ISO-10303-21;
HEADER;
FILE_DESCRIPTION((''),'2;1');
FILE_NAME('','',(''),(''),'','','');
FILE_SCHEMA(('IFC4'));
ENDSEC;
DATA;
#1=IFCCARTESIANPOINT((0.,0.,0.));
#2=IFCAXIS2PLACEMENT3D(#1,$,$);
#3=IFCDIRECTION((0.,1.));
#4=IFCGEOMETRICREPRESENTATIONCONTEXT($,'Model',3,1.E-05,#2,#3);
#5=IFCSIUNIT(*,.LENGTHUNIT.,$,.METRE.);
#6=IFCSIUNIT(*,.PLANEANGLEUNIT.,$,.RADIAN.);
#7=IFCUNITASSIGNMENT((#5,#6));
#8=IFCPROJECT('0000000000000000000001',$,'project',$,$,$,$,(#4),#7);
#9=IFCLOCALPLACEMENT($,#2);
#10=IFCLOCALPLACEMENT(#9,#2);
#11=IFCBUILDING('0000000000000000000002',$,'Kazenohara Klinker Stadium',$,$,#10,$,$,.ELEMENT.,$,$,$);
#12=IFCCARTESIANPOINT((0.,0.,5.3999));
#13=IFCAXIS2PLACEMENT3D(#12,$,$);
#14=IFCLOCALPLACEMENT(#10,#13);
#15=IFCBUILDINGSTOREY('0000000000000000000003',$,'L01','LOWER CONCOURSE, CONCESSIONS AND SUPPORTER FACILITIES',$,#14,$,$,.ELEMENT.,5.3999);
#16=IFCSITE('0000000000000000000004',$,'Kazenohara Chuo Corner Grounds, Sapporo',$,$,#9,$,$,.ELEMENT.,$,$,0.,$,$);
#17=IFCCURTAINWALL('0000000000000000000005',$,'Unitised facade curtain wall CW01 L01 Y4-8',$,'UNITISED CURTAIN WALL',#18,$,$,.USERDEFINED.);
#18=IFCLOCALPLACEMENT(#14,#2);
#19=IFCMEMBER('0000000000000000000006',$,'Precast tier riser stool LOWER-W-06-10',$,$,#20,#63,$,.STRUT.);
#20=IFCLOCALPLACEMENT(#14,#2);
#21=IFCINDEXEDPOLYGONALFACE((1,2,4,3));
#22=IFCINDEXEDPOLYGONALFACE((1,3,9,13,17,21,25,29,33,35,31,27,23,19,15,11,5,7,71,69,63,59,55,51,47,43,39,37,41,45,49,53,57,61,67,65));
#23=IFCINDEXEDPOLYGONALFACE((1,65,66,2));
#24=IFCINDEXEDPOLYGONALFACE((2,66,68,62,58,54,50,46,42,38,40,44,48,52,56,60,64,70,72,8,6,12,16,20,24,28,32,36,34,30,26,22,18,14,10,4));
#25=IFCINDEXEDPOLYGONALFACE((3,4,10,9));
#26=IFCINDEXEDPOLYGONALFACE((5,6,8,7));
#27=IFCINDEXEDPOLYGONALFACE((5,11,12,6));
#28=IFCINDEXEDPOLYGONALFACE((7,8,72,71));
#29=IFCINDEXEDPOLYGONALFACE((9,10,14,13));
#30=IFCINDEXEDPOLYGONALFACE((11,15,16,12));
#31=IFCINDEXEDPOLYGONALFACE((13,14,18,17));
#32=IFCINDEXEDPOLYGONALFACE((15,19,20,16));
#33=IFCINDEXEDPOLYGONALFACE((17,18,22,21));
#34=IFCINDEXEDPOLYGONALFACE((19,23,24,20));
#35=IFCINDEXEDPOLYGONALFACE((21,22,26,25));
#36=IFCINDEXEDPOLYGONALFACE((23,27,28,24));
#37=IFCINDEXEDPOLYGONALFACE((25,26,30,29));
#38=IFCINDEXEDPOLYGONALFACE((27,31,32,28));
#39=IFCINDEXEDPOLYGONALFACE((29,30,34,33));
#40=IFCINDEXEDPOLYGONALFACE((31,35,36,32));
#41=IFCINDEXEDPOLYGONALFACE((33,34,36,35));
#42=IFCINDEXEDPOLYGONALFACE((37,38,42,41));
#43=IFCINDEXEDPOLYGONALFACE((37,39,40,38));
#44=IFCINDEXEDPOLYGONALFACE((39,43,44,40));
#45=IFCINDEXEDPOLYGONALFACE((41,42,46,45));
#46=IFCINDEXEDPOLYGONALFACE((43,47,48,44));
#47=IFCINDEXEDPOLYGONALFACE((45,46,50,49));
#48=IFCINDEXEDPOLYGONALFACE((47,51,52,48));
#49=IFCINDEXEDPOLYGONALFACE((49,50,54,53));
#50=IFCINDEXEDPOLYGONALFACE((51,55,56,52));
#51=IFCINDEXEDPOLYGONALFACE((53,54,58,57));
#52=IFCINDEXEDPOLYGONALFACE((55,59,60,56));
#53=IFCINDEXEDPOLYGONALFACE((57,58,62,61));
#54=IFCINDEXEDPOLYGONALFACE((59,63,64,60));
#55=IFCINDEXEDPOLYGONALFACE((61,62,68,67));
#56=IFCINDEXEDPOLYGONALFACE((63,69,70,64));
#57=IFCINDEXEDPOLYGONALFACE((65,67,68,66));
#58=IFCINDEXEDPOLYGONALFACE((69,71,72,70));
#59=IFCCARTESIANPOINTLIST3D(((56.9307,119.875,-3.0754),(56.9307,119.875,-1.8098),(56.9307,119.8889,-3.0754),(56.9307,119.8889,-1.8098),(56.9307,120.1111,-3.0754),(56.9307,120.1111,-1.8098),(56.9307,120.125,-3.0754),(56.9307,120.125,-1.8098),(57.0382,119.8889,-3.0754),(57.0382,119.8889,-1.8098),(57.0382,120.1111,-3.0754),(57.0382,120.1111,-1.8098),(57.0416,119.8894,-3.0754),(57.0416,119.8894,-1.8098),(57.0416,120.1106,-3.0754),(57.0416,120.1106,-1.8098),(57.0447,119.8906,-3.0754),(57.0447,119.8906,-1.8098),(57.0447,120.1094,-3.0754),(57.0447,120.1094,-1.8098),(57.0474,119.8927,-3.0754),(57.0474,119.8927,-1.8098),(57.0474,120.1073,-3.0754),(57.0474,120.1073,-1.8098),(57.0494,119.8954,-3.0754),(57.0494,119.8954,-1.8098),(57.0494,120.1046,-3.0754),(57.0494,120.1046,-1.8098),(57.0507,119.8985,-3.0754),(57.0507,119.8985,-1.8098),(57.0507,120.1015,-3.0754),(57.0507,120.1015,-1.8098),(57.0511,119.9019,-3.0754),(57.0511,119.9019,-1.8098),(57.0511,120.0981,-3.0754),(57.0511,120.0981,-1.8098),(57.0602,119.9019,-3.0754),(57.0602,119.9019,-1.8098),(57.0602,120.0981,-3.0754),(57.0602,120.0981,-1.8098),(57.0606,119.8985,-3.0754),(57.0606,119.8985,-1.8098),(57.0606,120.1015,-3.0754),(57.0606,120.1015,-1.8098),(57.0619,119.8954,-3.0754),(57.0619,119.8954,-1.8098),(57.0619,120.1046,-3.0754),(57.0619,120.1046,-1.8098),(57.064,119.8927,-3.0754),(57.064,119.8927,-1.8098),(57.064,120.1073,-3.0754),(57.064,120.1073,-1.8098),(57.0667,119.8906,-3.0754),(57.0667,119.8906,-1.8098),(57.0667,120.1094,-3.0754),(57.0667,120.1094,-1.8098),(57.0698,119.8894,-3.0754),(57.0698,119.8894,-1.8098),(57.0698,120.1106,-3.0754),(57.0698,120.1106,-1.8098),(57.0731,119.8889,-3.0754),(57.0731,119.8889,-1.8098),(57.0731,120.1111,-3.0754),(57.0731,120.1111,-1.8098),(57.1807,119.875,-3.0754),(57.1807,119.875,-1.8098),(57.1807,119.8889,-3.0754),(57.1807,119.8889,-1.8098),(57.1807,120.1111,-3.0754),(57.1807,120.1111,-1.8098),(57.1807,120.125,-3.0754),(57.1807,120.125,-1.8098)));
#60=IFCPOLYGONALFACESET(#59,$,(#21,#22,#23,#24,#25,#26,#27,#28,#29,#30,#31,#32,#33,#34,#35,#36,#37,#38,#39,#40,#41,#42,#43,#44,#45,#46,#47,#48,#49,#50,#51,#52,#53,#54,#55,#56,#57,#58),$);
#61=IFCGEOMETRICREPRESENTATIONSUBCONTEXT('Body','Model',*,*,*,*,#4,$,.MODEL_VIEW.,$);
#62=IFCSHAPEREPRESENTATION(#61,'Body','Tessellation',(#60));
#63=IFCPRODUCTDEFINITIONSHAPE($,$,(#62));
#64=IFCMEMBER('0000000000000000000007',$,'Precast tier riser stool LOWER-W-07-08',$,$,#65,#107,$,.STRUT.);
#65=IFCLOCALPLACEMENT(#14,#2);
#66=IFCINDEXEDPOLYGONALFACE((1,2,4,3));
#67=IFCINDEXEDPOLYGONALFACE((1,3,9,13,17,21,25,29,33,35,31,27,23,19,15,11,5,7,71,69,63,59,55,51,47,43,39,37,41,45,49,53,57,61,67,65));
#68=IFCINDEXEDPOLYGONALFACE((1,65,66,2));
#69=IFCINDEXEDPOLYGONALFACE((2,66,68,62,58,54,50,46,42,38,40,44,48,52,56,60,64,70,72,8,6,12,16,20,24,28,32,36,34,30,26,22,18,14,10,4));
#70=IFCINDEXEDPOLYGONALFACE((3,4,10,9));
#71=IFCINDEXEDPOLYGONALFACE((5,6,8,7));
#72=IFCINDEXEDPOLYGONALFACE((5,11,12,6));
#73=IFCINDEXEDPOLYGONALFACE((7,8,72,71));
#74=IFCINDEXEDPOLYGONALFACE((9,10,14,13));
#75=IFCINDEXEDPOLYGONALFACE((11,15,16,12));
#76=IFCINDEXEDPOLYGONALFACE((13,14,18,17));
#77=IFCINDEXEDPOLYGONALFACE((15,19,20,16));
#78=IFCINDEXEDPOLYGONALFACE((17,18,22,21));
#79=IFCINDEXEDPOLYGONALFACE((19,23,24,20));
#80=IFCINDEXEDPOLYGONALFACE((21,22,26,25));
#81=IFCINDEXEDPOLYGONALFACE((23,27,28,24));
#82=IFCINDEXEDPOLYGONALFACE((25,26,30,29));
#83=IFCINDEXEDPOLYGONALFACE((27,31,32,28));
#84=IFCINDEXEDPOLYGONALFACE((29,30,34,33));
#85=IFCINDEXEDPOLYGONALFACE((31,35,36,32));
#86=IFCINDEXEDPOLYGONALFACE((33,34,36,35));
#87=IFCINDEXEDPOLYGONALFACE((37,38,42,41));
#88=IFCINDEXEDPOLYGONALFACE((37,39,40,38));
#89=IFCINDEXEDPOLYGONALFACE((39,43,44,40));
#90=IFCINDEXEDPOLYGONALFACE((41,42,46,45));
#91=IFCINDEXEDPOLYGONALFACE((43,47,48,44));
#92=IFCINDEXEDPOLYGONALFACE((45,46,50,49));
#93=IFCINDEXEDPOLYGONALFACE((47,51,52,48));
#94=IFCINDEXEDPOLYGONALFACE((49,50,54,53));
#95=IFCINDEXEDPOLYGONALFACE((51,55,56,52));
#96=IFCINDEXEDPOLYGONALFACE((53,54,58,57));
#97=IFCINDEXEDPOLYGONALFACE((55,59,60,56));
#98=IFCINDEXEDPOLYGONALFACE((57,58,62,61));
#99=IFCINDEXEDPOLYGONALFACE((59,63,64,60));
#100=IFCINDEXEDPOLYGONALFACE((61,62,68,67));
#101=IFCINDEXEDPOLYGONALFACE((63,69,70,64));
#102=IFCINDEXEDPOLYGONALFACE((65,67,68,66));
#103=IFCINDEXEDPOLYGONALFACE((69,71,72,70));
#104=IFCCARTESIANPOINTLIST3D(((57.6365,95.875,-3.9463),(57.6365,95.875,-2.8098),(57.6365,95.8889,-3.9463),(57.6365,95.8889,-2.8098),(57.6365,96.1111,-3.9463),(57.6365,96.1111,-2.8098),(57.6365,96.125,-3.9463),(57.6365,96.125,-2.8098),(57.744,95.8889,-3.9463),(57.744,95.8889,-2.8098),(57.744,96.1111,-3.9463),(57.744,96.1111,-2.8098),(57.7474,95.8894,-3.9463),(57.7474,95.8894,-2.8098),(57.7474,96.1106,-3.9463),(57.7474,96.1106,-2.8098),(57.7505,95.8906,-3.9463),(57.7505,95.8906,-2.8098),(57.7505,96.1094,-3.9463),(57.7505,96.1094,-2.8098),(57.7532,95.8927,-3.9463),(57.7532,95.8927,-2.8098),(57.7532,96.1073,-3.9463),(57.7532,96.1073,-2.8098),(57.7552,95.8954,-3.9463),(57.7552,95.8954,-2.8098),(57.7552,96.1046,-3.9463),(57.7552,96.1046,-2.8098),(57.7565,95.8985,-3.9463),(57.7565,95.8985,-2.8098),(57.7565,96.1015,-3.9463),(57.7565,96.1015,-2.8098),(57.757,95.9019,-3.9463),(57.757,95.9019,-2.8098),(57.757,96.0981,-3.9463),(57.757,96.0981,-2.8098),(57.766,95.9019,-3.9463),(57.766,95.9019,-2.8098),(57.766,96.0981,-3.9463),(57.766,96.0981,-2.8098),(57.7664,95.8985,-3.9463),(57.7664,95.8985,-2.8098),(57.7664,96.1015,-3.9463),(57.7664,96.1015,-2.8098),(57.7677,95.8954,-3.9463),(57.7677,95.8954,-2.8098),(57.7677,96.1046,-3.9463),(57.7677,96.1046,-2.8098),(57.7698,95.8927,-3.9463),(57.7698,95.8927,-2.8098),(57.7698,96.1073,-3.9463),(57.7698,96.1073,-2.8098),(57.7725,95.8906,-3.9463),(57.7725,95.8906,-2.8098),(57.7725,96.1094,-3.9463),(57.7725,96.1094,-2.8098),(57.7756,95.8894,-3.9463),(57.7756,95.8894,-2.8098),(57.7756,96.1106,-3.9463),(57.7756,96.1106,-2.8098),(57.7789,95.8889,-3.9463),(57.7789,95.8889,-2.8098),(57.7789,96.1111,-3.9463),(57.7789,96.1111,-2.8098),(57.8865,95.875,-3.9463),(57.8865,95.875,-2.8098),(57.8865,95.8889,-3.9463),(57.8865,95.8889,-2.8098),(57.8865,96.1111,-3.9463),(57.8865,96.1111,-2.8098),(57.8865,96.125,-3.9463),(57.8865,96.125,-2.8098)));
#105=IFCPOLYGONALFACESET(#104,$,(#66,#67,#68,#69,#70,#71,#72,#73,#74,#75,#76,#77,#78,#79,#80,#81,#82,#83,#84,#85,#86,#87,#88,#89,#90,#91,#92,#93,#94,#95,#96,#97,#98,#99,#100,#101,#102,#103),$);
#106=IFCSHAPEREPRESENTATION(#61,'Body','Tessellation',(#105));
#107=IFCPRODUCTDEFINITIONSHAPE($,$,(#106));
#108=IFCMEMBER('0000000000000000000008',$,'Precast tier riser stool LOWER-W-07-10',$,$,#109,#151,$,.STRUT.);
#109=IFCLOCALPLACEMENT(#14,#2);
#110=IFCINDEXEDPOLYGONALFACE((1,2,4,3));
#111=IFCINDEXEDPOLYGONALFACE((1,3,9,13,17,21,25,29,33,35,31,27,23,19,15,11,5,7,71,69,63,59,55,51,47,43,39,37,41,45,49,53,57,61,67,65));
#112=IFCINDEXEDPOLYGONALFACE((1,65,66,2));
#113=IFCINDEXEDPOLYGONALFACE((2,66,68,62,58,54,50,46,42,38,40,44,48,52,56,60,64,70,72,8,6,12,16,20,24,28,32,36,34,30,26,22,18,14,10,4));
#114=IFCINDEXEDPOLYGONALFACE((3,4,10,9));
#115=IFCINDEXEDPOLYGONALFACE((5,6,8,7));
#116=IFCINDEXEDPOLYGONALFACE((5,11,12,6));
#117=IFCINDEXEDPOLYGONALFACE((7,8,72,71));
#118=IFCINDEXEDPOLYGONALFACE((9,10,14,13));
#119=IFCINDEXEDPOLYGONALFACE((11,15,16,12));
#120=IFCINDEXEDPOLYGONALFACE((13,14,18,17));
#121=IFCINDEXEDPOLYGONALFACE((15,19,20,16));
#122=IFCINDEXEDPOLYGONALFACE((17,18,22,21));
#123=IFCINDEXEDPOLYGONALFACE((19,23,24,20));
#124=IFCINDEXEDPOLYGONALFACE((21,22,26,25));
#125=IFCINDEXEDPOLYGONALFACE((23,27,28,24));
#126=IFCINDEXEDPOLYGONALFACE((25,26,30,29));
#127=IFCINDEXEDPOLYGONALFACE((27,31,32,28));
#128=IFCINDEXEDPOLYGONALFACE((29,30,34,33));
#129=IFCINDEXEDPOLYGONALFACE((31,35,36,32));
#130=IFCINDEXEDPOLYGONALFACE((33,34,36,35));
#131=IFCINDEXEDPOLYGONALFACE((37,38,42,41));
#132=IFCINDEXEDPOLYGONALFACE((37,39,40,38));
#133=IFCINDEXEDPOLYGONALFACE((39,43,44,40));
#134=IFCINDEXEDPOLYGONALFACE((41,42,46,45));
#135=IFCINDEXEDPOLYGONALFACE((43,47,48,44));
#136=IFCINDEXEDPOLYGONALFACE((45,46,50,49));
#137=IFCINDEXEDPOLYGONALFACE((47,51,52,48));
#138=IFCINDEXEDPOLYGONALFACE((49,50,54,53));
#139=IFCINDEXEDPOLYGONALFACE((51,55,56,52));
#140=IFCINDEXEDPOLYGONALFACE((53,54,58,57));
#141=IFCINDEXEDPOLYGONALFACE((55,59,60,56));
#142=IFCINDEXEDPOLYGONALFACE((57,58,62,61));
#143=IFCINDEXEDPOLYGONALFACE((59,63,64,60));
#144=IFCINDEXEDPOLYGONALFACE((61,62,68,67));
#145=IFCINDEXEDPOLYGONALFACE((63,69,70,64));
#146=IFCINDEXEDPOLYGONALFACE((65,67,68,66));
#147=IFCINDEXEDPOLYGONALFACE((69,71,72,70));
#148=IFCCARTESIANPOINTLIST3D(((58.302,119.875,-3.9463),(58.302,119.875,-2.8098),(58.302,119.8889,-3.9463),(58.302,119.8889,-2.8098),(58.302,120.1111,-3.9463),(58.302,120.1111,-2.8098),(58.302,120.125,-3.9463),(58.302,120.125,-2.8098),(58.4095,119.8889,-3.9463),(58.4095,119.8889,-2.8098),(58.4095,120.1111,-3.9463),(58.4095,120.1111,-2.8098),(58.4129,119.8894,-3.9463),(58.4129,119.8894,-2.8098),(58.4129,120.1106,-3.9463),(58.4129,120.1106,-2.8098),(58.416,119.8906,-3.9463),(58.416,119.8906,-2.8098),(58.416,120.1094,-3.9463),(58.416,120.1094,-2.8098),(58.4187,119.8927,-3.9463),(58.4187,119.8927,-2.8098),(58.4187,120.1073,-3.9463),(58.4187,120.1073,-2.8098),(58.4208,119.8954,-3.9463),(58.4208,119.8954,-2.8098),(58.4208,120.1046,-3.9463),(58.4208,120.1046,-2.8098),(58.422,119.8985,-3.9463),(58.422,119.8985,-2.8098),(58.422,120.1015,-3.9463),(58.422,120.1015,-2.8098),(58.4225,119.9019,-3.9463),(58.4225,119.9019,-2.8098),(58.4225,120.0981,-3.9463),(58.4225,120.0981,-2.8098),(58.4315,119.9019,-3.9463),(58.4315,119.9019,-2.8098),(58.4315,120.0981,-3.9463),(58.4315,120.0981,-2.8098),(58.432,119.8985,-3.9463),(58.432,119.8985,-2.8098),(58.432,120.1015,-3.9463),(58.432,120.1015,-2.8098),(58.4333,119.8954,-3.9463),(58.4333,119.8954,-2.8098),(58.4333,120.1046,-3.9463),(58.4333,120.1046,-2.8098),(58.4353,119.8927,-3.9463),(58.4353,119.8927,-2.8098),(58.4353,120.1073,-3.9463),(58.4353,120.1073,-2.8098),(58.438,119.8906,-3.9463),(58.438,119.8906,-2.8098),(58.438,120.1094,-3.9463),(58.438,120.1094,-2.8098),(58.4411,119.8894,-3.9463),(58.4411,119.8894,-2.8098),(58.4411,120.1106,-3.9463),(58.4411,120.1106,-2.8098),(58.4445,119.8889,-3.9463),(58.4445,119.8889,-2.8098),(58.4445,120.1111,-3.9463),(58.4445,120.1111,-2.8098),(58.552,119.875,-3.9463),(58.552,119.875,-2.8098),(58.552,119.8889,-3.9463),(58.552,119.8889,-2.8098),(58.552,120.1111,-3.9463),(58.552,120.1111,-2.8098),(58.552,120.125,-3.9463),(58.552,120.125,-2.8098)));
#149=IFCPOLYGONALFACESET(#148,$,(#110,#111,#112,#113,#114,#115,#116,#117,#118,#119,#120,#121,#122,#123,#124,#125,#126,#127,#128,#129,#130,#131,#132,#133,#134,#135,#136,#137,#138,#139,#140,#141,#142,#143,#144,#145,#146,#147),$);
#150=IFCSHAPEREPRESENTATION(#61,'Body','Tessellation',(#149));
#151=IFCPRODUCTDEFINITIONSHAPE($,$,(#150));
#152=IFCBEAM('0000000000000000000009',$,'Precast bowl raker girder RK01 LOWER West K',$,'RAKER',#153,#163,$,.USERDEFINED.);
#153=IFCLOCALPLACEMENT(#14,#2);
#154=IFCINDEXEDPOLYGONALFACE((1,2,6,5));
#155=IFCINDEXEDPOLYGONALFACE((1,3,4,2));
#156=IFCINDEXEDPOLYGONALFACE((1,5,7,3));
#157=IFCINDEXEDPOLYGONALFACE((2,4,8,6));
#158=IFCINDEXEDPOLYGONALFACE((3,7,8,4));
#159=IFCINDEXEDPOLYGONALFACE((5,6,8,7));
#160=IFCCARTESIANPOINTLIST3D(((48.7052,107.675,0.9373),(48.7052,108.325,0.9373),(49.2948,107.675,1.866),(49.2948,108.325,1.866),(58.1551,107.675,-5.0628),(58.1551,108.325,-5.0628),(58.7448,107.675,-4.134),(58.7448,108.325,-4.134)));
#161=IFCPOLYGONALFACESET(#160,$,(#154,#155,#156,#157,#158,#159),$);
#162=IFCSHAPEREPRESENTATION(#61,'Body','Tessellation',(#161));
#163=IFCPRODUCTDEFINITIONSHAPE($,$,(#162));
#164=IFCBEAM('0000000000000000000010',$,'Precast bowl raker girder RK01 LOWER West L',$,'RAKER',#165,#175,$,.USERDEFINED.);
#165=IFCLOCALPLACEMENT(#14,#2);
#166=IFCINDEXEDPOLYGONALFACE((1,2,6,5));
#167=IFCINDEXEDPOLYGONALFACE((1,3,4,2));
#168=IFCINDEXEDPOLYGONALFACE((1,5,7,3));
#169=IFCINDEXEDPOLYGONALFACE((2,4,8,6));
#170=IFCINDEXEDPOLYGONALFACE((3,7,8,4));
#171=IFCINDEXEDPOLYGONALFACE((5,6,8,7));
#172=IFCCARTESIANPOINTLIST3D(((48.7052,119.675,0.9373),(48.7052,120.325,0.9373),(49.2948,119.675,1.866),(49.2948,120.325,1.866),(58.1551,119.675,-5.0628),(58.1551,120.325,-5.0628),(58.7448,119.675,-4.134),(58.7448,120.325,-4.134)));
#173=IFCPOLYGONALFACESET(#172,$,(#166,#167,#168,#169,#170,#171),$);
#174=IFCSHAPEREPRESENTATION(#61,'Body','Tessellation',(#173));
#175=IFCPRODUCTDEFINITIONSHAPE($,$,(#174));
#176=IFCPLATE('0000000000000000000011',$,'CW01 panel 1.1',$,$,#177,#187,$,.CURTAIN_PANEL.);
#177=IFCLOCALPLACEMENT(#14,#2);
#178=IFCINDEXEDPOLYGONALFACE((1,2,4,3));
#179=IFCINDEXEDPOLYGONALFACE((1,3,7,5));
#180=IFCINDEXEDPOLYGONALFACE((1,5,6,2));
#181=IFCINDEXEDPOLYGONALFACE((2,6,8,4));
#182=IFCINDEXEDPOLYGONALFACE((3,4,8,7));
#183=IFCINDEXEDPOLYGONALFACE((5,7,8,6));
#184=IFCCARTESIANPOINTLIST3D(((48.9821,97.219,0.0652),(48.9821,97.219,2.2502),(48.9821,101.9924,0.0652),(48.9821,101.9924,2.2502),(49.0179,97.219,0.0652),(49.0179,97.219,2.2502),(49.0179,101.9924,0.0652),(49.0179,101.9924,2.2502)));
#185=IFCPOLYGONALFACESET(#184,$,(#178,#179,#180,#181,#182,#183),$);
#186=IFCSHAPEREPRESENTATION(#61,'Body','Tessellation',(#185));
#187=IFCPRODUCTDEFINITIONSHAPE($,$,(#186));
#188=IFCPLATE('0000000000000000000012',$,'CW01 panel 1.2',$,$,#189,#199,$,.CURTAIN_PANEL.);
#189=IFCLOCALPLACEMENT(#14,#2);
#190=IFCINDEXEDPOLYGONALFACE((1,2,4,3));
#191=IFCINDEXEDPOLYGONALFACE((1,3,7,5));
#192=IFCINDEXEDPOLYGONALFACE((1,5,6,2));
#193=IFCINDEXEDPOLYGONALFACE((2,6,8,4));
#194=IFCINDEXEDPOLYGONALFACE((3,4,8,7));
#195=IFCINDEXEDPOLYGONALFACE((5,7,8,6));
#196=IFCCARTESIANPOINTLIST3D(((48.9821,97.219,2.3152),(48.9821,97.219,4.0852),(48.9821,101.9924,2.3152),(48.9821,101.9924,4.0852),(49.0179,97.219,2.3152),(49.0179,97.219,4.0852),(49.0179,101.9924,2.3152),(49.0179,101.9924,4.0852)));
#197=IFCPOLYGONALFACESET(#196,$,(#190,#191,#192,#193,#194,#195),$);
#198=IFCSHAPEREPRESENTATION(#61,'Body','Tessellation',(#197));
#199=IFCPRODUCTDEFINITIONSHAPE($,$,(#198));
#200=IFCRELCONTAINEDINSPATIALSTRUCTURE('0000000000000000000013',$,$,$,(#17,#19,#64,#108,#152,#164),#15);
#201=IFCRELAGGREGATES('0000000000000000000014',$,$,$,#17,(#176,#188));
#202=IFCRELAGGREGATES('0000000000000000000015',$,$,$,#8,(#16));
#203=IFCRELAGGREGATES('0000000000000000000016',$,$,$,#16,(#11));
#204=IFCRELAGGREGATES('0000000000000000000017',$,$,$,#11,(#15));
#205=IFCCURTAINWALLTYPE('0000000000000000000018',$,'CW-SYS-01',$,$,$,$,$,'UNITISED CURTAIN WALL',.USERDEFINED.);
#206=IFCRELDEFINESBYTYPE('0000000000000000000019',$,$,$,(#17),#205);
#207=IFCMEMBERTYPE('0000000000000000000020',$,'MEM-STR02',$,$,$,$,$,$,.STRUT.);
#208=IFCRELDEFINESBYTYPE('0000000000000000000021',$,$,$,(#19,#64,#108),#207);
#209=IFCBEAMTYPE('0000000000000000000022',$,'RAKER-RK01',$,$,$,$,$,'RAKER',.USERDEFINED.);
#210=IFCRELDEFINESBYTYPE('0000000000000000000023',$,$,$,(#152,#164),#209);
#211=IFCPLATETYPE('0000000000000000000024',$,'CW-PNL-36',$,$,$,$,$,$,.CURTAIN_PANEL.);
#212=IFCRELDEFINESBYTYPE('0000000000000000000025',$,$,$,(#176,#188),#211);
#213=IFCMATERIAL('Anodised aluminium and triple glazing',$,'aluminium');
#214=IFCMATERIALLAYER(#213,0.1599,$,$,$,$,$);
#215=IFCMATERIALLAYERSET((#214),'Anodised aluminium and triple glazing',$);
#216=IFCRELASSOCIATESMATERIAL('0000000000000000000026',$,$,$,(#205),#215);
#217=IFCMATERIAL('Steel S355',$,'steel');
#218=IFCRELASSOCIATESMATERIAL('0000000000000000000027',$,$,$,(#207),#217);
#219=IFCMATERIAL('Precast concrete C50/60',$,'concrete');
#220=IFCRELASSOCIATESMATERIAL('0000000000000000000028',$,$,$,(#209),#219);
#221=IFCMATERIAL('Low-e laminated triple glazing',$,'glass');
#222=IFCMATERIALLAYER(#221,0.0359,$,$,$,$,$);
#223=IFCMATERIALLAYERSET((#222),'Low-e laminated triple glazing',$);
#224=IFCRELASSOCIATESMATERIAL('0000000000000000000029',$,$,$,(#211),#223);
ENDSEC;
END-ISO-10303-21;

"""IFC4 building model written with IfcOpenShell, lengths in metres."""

from ifc_helpers import new_model, si_unit, direction, frame, origin, origin_2d, place, context, subcontext, project, spatial, rectangle, i_section, extrude, material, layer, layer_set, material_profile, profile_set, type_object, element, aggregate, save


model = new_model("IFC4")

# Units and contexts
model_context = context("Model", 3, precision=1e-05, world=origin(), true_north=direction((0.0, 1.0)))
body_context = subcontext(model_context, "Body", "Model", "MODEL_VIEW")
ifc_project = project(units=[si_unit("LENGTHUNIT", "METRE"), si_unit("PLANEANGLEUNIT", "RADIAN")], contexts=[model_context])

# Site, building, storey
site_placement = place(None, origin())
site = spatial("IfcSite", under=ifc_project, at=site_placement, Name="Kazenohara Chuo Corner Grounds, Sapporo", CompositionType="ELEMENT", RefElevation=0.0)
building_placement = place(site_placement, origin())
building = spatial("IfcBuilding", under=site, at=building_placement, Name="Kazenohara Klinker Stadium", CompositionType="ELEMENT")
storey_placement = place(building_placement, frame((0.0, 0.0, 5.3999)))
storey = spatial("IfcBuildingStorey", under=building, at=storey_placement, Name="L01", Description="LOWER CONCOURSE, CONCESSIONS AND SUPPORTER FACILITIES", CompositionType="ELEMENT", Elevation=5.3999)

# Shared definitions
ifc_material_1 = material(Name="Steel S355", Category="steel")

# Curtain wall
ifc_material_2 = material(Name="Anodised aluminium and triple glazing", Category="aluminium")
ifc_layer_1 = layer(ifc_material_2, 0.1599)
ifc_layer_set_1 = layer_set([ifc_layer_1], Name="Anodised aluminium and triple glazing")
curtain_wall_type_1 = type_object("IfcCurtainWallType", Name="CW-SYS-01", ElementType="UNITISED CURTAIN WALL", PredefinedType="USERDEFINED", material=ifc_layer_set_1)
curtain_wall_1_placement = place(storey_placement, origin())
curtain_wall_1 = element("IfcCurtainWall", 1, at=curtain_wall_1_placement, inside=storey, type_object=curtain_wall_type_1, Name="Unitised facade curtain wall CW01 L01 Y4-8", ObjectType="UNITISED CURTAIN WALL", PredefinedType="USERDEFINED")

# Members
ifc_material_profile_1 = material_profile(ifc_material_1, i_section(OverallWidth=0.25, OverallDepth=0.25, WebThickness=0.009, FlangeThickness=0.0139, FilletRadius=0.0129, at=origin_2d()), Name="H-250x250x9x14")
ifc_profile_set_1 = profile_set([ifc_material_profile_1], Name="Steel S355")
member_type_1 = type_object("IfcMemberType", Name="MEM-STR02", PredefinedType="STRUT", material=ifc_profile_set_1)
for number, where, z_axis, x_axis, name in (
    (2, (57.0557, 120.0, -3.0754), (0.0, 0.0, 1.0), (1.0, 0.0, 0.0), "Precast tier riser stool LOWER-W-06-10"),
):
    element("IfcMember", number, at=place(storey_placement, frame(where, z_axis=z_axis, x_axis=x_axis)), inside=storey, type_object=member_type_1, Name=name, PredefinedType="STRUT", context=body_context, shape_type="SweptSolid", body=[
        extrude(i_section(OverallWidth=0.25, OverallDepth=0.25, WebThickness=0.009, FlangeThickness=0.0139, FilletRadius=0.0129, at=origin_2d()), origin(), (0.0, 0.0, 1.0), 1.2656),
    ])
for number, where, z_axis, x_axis, name in (
    (3, (57.7615, 96.0, -3.9463), (0.0, 0.0, 1.0), (1.0, 0.0, 0.0), "Precast tier riser stool LOWER-W-07-08"),
    (4, (58.427, 120.0, -3.9463), (0.0, 0.0, 1.0), (1.0, 0.0, 0.0), "Precast tier riser stool LOWER-W-07-10"),
):
    element("IfcMember", number, at=place(storey_placement, frame(where, z_axis=z_axis, x_axis=x_axis)), inside=storey, type_object=member_type_1, Name=name, PredefinedType="STRUT", context=body_context, shape_type="SweptSolid", body=[
        extrude(i_section(OverallWidth=0.25, OverallDepth=0.25, WebThickness=0.009, FlangeThickness=0.0139, FilletRadius=0.0129, at=origin_2d()), origin(), (0.0, 0.0, 1.0), 1.1365),
    ])

# Beams
ifc_material_3 = material(Name="Precast concrete C50/60", Category="concrete")
ifc_material_profile_2 = material_profile(ifc_material_3, rectangle(XDim=0.6499, YDim=1.1001, at=origin_2d()), Name="PC-RAKER-650x1100")
ifc_profile_set_2 = profile_set([ifc_material_profile_2], Name="Precast concrete C50/60")
beam_type_1 = type_object("IfcBeamType", Name="RAKER-RK01", ElementType="RAKER", PredefinedType="USERDEFINED", material=ifc_profile_set_2)
for number, where, z_axis, x_axis, name in (
    (5, (49.0, 108.0, 1.4016), (0.844212, 0.0, -0.53601), (0.0, 1.0, 0.0), "Precast bowl raker girder RK01 LOWER West K"),
    (6, (49.0, 120.0, 1.4016), (0.844212, 0.0, -0.53601), (0.0, 1.0, 0.0), "Precast bowl raker girder RK01 LOWER West L"),
):
    element("IfcBeam", number, at=place(storey_placement, frame(where, z_axis=z_axis, x_axis=x_axis)), inside=storey, type_object=beam_type_1, Name=name, ObjectType="RAKER", PredefinedType="USERDEFINED", context=body_context, shape_type="SweptSolid", body=[
        extrude(rectangle(XDim=0.6499, YDim=1.1001, at=origin_2d()), origin(), (0.0, 0.0, 1.0), 11.1938),
    ])

# Plates
ifc_material_4 = material(Name="Low-e laminated triple glazing", Category="glass")
ifc_layer_2 = layer(ifc_material_4, 0.0359)
ifc_layer_set_2 = layer_set([ifc_layer_2], Name="Low-e laminated triple glazing")
plate_type = type_object("IfcPlateType", Name="CW-PNL-36", PredefinedType="CURTAIN_PANEL", material=ifc_layer_set_2)
plate_1_placement = place(storey_placement, frame((49.0, 99.6057, 0.0652), z_axis=(0.0, 0.0, 1.0), x_axis=(0.0, 1.0, 0.0)))
plate_1 = element("IfcPlate", 7, at=plate_1_placement, type_object=plate_type, Name="CW01 panel 1.1", PredefinedType="CURTAIN_PANEL", context=body_context, shape_type="SweptSolid", body=[
    extrude(rectangle(XDim=4.7734, YDim=0.0359, at=origin_2d()), origin(), (0.0, 0.0, 1.0), 2.1851),
])
plate_2_placement = place(storey_placement, frame((49.0, 99.6057, 2.3152), z_axis=(0.0, 0.0, 1.0), x_axis=(0.0, 1.0, 0.0)))
plate_2 = element("IfcPlate", 8, at=plate_2_placement, type_object=plate_type, Name="CW01 panel 1.2", PredefinedType="CURTAIN_PANEL", context=body_context, shape_type="SweptSolid", body=[
    extrude(rectangle(XDim=4.7734, YDim=0.0359, at=origin_2d()), origin(), (0.0, 0.0, 1.0), 1.77),
])
aggregate(curtain_wall_1, [plate_1, plate_2])

save(model, "model.ifc")
